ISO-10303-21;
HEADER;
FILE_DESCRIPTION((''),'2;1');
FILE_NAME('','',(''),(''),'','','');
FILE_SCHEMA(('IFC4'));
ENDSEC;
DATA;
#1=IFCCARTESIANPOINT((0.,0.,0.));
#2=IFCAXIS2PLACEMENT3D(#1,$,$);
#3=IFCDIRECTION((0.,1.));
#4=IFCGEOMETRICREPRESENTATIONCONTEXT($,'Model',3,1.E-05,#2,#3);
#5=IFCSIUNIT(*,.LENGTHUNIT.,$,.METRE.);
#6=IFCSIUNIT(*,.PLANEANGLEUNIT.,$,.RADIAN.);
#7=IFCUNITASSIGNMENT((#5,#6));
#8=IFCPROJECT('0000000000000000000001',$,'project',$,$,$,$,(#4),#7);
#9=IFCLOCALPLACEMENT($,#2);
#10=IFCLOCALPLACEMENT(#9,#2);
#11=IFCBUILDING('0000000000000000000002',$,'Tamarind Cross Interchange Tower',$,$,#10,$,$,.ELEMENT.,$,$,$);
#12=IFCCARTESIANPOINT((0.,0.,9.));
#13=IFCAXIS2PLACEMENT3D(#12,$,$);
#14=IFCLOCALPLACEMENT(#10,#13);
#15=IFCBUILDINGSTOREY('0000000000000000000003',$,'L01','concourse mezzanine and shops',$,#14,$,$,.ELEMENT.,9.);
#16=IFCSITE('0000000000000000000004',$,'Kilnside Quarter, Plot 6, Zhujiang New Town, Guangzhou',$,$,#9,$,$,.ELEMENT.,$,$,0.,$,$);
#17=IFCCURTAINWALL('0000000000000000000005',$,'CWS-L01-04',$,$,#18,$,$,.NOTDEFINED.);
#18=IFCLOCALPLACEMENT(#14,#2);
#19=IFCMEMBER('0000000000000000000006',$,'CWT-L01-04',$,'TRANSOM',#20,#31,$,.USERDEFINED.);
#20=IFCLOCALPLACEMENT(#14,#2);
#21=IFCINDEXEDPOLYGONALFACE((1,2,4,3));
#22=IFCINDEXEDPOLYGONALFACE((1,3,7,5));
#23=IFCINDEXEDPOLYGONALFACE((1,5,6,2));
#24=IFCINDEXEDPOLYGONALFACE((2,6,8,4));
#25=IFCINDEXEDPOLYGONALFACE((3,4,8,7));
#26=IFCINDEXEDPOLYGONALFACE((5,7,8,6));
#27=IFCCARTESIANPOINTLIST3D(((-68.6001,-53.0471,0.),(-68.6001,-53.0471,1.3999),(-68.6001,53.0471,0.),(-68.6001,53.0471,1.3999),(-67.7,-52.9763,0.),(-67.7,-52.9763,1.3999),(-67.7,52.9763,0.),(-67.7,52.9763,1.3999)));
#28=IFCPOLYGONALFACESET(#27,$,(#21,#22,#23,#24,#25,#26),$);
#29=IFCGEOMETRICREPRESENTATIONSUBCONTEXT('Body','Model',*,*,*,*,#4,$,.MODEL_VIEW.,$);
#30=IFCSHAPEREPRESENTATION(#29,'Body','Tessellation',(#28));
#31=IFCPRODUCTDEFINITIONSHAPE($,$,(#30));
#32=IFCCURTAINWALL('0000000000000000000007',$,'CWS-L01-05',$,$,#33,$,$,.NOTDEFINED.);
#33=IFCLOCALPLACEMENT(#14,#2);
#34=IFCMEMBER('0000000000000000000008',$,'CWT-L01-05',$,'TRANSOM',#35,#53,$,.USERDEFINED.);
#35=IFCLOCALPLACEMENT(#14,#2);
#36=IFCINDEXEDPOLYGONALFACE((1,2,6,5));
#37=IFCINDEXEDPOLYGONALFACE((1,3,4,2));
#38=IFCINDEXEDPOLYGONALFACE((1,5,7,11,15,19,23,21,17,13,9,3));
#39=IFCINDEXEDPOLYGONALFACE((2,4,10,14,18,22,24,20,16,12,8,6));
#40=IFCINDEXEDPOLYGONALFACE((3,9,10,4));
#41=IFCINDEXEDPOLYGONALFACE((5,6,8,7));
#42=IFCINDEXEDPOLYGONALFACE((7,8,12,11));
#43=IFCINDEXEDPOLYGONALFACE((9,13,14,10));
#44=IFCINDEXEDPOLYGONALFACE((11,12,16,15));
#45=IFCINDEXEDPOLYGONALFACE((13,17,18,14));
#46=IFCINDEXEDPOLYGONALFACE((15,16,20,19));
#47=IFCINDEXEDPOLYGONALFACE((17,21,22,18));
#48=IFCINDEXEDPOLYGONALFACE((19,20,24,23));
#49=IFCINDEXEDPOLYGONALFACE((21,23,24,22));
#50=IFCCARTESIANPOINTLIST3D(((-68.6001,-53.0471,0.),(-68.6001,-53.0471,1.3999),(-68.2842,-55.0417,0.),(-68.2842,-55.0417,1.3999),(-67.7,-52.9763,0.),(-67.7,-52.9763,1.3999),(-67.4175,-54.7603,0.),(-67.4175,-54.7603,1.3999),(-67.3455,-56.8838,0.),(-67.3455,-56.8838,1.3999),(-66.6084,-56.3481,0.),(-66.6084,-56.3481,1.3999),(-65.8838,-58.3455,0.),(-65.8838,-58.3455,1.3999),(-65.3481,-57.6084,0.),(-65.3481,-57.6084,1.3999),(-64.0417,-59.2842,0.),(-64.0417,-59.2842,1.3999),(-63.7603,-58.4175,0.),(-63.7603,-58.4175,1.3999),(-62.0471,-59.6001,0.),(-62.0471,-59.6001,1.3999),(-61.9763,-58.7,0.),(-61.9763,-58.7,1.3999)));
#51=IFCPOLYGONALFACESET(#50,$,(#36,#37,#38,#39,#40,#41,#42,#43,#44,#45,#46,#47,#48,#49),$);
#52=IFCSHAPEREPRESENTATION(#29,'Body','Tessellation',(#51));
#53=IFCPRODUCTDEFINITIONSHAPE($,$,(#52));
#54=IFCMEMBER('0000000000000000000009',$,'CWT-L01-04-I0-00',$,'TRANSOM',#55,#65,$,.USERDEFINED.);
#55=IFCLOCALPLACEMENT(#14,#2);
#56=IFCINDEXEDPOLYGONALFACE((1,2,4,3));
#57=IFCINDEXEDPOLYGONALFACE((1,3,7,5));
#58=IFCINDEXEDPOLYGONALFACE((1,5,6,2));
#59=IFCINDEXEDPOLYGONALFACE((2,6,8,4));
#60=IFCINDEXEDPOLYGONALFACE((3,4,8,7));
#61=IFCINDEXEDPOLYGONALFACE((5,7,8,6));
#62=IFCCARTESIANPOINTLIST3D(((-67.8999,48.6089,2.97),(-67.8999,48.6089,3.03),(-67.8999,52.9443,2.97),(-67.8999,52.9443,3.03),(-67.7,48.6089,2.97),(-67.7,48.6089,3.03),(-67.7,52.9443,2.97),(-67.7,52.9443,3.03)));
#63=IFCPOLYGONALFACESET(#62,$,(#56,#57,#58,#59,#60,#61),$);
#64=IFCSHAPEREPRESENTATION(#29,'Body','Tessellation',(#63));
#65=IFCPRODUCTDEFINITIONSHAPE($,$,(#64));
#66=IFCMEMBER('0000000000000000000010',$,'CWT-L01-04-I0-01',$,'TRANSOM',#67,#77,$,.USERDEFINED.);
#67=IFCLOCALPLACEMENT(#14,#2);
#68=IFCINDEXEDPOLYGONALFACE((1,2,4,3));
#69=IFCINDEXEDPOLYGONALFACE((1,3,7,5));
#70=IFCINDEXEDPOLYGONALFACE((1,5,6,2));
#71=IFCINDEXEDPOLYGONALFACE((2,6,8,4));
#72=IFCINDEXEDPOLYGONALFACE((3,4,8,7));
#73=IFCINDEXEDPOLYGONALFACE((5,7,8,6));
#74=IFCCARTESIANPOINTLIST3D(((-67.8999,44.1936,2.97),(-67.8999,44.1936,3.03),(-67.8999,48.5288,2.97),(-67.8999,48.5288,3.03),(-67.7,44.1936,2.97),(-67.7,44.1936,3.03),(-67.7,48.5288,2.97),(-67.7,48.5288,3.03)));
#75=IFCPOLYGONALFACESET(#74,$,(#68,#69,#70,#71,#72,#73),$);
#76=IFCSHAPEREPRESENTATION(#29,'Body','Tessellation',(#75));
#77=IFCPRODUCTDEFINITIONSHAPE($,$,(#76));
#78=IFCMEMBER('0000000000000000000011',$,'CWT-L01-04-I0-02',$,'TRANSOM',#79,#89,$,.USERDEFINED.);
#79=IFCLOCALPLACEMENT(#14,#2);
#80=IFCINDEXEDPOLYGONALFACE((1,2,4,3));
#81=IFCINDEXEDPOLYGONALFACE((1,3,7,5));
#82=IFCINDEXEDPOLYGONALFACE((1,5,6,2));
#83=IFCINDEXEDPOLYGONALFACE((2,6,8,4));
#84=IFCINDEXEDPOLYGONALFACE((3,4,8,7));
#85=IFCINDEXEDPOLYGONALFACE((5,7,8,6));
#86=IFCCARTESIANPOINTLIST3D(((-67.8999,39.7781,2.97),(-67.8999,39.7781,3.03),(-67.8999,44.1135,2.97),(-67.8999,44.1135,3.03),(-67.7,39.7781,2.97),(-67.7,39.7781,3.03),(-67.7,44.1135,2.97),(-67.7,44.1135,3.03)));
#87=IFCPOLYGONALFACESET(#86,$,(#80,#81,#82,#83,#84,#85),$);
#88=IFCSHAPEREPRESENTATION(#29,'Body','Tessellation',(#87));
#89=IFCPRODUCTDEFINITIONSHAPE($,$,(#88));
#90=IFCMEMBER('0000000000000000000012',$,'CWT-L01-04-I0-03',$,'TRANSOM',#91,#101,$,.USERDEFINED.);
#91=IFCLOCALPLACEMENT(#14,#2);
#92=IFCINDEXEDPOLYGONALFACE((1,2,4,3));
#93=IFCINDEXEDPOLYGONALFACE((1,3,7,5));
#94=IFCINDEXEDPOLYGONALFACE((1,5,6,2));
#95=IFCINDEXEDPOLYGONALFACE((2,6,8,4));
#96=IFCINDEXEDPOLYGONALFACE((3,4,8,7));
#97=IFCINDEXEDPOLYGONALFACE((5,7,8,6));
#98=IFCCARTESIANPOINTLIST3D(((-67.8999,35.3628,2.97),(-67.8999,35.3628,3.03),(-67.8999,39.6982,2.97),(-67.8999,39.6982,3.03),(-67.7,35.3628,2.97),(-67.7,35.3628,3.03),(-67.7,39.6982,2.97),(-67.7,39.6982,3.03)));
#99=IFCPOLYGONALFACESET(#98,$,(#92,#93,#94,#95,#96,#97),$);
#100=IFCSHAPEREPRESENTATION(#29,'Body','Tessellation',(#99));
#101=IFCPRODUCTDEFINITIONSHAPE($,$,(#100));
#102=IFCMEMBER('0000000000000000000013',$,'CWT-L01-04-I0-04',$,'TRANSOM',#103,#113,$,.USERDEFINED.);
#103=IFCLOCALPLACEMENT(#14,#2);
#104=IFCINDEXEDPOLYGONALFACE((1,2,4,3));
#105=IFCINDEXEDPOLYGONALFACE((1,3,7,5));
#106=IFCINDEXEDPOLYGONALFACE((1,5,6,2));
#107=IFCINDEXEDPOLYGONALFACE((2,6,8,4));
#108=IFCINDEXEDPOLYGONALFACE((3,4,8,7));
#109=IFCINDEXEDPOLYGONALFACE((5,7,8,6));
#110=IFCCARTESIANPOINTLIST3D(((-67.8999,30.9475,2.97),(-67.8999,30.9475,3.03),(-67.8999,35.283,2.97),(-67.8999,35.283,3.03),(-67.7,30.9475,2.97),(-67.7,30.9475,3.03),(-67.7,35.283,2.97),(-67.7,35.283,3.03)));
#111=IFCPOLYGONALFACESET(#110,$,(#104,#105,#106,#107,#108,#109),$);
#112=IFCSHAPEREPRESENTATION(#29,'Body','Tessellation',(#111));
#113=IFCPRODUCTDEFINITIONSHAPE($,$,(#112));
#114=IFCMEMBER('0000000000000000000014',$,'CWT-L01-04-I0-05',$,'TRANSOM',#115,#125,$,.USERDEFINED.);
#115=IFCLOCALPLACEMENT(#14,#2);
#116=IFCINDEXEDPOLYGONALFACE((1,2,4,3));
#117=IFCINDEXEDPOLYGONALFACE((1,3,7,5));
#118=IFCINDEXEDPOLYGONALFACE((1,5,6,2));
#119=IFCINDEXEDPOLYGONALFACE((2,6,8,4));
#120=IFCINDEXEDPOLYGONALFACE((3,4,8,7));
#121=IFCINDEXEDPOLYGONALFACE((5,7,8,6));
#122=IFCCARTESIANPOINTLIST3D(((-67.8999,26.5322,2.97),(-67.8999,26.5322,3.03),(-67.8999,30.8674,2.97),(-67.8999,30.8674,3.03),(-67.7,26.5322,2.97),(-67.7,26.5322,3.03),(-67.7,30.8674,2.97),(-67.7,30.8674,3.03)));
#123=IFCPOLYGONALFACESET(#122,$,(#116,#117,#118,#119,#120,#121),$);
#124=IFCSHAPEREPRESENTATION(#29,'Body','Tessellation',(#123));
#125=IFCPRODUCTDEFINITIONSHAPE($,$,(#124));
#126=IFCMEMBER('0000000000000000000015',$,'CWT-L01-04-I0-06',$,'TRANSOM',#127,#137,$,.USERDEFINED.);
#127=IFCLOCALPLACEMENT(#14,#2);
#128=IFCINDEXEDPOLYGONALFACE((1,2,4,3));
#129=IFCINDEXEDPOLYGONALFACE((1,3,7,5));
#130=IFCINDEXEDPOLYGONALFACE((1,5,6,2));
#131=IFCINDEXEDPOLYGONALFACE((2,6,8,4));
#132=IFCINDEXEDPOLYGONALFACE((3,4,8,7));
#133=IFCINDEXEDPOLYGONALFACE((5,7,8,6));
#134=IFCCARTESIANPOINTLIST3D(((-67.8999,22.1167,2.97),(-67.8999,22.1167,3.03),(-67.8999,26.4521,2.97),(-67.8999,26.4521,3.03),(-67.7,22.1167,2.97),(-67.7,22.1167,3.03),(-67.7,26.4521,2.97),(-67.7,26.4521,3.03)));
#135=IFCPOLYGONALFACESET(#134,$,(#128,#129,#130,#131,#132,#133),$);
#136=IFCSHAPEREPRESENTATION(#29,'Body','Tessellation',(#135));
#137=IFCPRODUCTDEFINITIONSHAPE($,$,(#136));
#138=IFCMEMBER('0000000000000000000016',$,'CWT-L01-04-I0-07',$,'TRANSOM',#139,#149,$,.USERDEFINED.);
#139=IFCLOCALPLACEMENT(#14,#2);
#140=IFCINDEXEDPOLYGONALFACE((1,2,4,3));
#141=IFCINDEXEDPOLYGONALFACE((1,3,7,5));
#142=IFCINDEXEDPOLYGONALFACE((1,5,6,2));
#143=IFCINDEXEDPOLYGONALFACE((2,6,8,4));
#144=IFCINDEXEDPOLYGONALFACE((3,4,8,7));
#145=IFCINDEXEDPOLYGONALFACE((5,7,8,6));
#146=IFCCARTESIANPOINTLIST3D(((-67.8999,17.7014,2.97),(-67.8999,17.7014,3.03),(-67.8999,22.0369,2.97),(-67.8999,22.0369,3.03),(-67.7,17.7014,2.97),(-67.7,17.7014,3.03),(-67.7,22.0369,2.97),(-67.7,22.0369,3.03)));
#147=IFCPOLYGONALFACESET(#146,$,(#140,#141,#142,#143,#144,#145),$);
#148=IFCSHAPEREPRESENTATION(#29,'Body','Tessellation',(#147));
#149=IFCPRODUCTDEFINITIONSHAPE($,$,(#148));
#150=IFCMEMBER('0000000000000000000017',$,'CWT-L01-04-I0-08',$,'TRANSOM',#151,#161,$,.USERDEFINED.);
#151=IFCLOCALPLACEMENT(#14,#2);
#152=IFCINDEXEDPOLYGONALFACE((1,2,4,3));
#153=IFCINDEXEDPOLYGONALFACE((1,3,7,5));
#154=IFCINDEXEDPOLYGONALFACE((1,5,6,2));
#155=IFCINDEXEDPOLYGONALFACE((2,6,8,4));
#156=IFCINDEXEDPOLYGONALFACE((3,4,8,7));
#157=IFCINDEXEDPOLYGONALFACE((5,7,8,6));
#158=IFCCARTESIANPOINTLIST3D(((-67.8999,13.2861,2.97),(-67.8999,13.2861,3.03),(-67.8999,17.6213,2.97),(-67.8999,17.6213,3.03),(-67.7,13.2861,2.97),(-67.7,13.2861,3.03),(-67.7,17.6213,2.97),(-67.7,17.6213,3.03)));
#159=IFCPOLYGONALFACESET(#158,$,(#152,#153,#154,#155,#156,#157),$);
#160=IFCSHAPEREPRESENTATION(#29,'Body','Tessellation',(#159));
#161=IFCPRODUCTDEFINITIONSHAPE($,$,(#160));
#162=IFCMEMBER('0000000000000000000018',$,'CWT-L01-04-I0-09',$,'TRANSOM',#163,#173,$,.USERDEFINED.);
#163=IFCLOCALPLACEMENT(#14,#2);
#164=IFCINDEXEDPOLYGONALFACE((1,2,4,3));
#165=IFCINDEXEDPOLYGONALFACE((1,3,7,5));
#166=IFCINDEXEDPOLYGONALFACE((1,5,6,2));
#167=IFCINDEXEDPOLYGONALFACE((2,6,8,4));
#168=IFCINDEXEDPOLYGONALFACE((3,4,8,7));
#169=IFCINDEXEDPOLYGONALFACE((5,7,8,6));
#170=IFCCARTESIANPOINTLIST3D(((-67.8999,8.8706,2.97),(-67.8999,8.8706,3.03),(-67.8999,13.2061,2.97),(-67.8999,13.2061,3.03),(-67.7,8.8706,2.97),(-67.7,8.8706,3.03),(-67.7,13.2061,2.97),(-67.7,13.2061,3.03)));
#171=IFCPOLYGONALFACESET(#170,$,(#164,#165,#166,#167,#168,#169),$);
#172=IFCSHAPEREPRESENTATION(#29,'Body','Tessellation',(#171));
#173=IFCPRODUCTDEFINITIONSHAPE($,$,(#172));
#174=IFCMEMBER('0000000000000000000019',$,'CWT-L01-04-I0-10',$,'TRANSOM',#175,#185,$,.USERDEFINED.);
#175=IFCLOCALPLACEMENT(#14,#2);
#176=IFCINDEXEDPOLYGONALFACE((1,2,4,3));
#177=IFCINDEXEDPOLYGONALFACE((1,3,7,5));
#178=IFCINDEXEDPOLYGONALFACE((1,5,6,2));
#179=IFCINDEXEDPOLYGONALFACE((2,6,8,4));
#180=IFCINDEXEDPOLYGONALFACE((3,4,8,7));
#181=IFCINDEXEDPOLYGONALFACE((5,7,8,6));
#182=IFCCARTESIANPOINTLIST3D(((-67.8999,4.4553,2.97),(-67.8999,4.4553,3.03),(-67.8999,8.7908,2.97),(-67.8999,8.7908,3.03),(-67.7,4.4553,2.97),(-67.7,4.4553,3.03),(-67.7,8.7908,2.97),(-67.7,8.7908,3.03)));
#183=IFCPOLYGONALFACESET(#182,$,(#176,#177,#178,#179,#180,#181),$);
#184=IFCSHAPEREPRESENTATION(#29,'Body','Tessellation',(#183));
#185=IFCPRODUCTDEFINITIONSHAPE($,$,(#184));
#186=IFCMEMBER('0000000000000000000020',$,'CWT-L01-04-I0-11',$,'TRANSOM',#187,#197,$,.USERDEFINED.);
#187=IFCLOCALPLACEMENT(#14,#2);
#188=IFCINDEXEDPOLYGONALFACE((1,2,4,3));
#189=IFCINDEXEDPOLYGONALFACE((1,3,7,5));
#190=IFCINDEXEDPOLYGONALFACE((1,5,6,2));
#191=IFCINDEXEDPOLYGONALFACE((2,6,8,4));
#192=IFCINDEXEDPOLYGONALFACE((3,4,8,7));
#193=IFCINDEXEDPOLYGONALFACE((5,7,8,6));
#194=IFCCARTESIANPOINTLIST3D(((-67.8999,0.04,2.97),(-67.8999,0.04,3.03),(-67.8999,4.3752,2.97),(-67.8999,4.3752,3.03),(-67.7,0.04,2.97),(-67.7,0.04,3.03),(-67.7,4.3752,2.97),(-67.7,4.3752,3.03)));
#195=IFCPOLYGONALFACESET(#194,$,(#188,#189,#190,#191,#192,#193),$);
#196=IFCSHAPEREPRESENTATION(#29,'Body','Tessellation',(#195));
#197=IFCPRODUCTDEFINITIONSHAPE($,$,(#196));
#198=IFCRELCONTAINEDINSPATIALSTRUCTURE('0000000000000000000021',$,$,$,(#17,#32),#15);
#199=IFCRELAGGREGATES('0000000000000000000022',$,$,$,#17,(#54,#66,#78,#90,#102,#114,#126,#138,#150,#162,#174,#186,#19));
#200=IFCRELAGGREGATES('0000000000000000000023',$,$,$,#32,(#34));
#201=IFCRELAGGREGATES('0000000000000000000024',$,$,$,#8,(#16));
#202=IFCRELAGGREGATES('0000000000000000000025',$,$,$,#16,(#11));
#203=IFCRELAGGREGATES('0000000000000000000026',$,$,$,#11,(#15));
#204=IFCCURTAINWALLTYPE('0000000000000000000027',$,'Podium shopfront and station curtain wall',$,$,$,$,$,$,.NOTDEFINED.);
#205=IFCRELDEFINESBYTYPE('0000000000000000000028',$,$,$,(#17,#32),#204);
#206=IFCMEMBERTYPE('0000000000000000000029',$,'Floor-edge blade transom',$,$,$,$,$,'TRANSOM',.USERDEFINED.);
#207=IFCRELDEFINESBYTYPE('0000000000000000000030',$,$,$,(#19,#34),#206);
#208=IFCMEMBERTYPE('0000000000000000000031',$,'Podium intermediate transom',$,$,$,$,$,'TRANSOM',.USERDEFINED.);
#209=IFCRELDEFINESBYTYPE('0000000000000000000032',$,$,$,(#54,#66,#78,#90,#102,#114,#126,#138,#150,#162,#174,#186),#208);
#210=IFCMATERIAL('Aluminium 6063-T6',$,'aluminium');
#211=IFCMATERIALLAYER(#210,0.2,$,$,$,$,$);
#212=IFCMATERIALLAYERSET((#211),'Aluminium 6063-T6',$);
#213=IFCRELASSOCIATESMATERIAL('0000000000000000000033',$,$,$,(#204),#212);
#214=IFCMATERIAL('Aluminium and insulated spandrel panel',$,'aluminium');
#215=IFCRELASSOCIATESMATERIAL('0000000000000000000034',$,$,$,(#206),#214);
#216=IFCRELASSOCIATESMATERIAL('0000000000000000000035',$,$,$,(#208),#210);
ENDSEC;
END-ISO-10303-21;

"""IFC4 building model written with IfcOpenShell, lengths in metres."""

from ifc_helpers import new_model, si_unit, direction, frame, origin, place, context, subcontext, project, spatial, polyline, outline, extrude, material, layer, layer_set, type_object, element, aggregate, save


model = new_model("IFC4")

# Units and contexts
model_context = context("Model", 3, precision=1e-05, world=origin(), true_north=direction((0.0, 1.0)))
body_context = subcontext(model_context, "Body", "Model", "MODEL_VIEW")
ifc_project = project(units=[si_unit("LENGTHUNIT", "METRE"), si_unit("PLANEANGLEUNIT", "RADIAN")], contexts=[model_context])

# Site, building, storey
site_placement = place(None, origin())
site = spatial("IfcSite", under=ifc_project, at=site_placement, Name="Kilnside Quarter, Plot 6, Zhujiang New Town, Guangzhou", CompositionType="ELEMENT", RefElevation=0.0)
building_placement = place(site_placement, origin())
building = spatial("IfcBuilding", under=site, at=building_placement, Name="Tamarind Cross Interchange Tower", CompositionType="ELEMENT")
storey_placement = place(building_placement, frame((0.0, 0.0, 9.0)))
storey = spatial("IfcBuildingStorey", under=building, at=storey_placement, Name="L01", Description="concourse mezzanine and shops", CompositionType="ELEMENT", Elevation=9.0)

# Curtain walls, members
ifc_material_1 = material(Name="Aluminium 6063-T6", Category="aluminium")
ifc_layer_1 = layer(ifc_material_1, 0.2)
ifc_layer_set_1 = layer_set([ifc_layer_1], Name="Aluminium 6063-T6")
curtain_wall_type = type_object("IfcCurtainWallType", Name="Podium shopfront and station curtain wall", PredefinedType="NOTDEFINED", material=ifc_layer_set_1)
curtain_wall_1_placement = place(storey_placement, origin())
curtain_wall_1 = element("IfcCurtainWall", 1, at=curtain_wall_1_placement, inside=storey, type_object=curtain_wall_type, Name="CWS-L01-04", PredefinedType="NOTDEFINED")
ifc_material_2 = material(Name="Aluminium and insulated spandrel panel", Category="aluminium")
member_type_1 = type_object("IfcMemberType", Name="Floor-edge blade transom", ElementType="TRANSOM", PredefinedType="USERDEFINED", material=ifc_material_2)
member_1_placement = place(storey_placement, origin())
member_1 = element("IfcMember", 2, at=member_1_placement, type_object=member_type_1, Name="CWT-L01-04", ObjectType="TRANSOM", PredefinedType="USERDEFINED", context=body_context, shape_type="SweptSolid", body=[
    extrude(outline(polyline([(-67.7, 52.9763), (-67.7, -52.9763), (-68.6001, -53.0471), (-68.6001, 53.0471), (-67.7, 52.9763)])), origin(), (0.0, 0.0, 1.0), 1.3999),
])
curtain_wall_2_placement = place(storey_placement, origin())
curtain_wall_2 = element("IfcCurtainWall", 3, at=curtain_wall_2_placement, inside=storey, type_object=curtain_wall_type, Name="CWS-L01-05", PredefinedType="NOTDEFINED")
member_2_placement = place(storey_placement, origin())
member_2 = element("IfcMember", 4, at=member_2_placement, type_object=member_type_1, Name="CWT-L01-05", ObjectType="TRANSOM", PredefinedType="USERDEFINED", context=body_context, shape_type="SweptSolid", body=[
    extrude(outline(polyline([(-67.7, -52.9763), (-67.4175, -54.7603), (-66.6084, -56.3481), (-65.3481, -57.6084), (-63.7603, -58.4175), (-61.9763, -58.7), (-62.0471, -59.6001), (-64.0417, -59.2842), (-65.8838, -58.3455), (-67.3455, -56.8838), (-68.2842, -55.0417), (-68.6001, -53.0471), (-67.7, -52.9763)])), origin(), (0.0, 0.0, 1.0), 1.3999),
])

# Members
member_type_2 = type_object("IfcMemberType", Name="Podium intermediate transom", ElementType="TRANSOM", PredefinedType="USERDEFINED", material=ifc_material_1)
member_3_placement = place(storey_placement, frame((0.0, 0.0, 2.97)))
member_3 = element("IfcMember", 5, at=member_3_placement, type_object=member_type_2, Name="CWT-L01-04-I0-00", ObjectType="TRANSOM", PredefinedType="USERDEFINED", context=body_context, shape_type="SweptSolid", body=[
    extrude(outline(polyline([(-67.7, 52.9443), (-67.7, 48.6089), (-67.8999, 48.6089), (-67.8999, 52.9443), (-67.7, 52.9443)])), origin(), (0.0, 0.0, 1.0), 0.0601),
])
member_4_placement = place(storey_placement, frame((0.0, 0.0, 2.97)))
member_4 = element("IfcMember", 6, at=member_4_placement, type_object=member_type_2, Name="CWT-L01-04-I0-01", ObjectType="TRANSOM", PredefinedType="USERDEFINED", context=body_context, shape_type="SweptSolid", body=[
    extrude(outline(polyline([(-67.7, 48.5288), (-67.7, 44.1936), (-67.8999, 44.1936), (-67.8999, 48.5288), (-67.7, 48.5288)])), origin(), (0.0, 0.0, 1.0), 0.0601),
])
member_5_placement = place(storey_placement, frame((0.0, 0.0, 2.97)))
member_5 = element("IfcMember", 7, at=member_5_placement, type_object=member_type_2, Name="CWT-L01-04-I0-02", ObjectType="TRANSOM", PredefinedType="USERDEFINED", context=body_context, shape_type="SweptSolid", body=[
    extrude(outline(polyline([(-67.7, 44.1135), (-67.7, 39.7781), (-67.8999, 39.7781), (-67.8999, 44.1135), (-67.7, 44.1135)])), origin(), (0.0, 0.0, 1.0), 0.0601),
])
member_6_placement = place(storey_placement, frame((0.0, 0.0, 2.97)))
member_6 = element("IfcMember", 8, at=member_6_placement, type_object=member_type_2, Name="CWT-L01-04-I0-03", ObjectType="TRANSOM", PredefinedType="USERDEFINED", context=body_context, shape_type="SweptSolid", body=[
    extrude(outline(polyline([(-67.7, 39.6982), (-67.7, 35.3628), (-67.8999, 35.3628), (-67.8999, 39.6982), (-67.7, 39.6982)])), origin(), (0.0, 0.0, 1.0), 0.0601),
])
member_7_placement = place(storey_placement, frame((0.0, 0.0, 2.97)))
member_7 = element("IfcMember", 9, at=member_7_placement, type_object=member_type_2, Name="CWT-L01-04-I0-04", ObjectType="TRANSOM", PredefinedType="USERDEFINED", context=body_context, shape_type="SweptSolid", body=[
    extrude(outline(polyline([(-67.7, 35.283), (-67.7, 30.9475), (-67.8999, 30.9475), (-67.8999, 35.283), (-67.7, 35.283)])), origin(), (0.0, 0.0, 1.0), 0.0601),
])
member_8_placement = place(storey_placement, frame((0.0, 0.0, 2.97)))
member_8 = element("IfcMember", 10, at=member_8_placement, type_object=member_type_2, Name="CWT-L01-04-I0-05", ObjectType="TRANSOM", PredefinedType="USERDEFINED", context=body_context, shape_type="SweptSolid", body=[
    extrude(outline(polyline([(-67.7, 30.8674), (-67.7, 26.5322), (-67.8999, 26.5322), (-67.8999, 30.8674), (-67.7, 30.8674)])), origin(), (0.0, 0.0, 1.0), 0.0601),
])
member_9_placement = place(storey_placement, frame((0.0, 0.0, 2.97)))
member_9 = element("IfcMember", 11, at=member_9_placement, type_object=member_type_2, Name="CWT-L01-04-I0-06", ObjectType="TRANSOM", PredefinedType="USERDEFINED", context=body_context, shape_type="SweptSolid", body=[
    extrude(outline(polyline([(-67.7, 26.4521), (-67.7, 22.1167), (-67.8999, 22.1167), (-67.8999, 26.4521), (-67.7, 26.4521)])), origin(), (0.0, 0.0, 1.0), 0.0601),
])
member_10_placement = place(storey_placement, frame((0.0, 0.0, 2.97)))
member_10 = element("IfcMember", 12, at=member_10_placement, type_object=member_type_2, Name="CWT-L01-04-I0-07", ObjectType="TRANSOM", PredefinedType="USERDEFINED", context=body_context, shape_type="SweptSolid", body=[
    extrude(outline(polyline([(-67.7, 22.0369), (-67.7, 17.7014), (-67.8999, 17.7014), (-67.8999, 22.0369), (-67.7, 22.0369)])), origin(), (0.0, 0.0, 1.0), 0.0601),
])
member_11_placement = place(storey_placement, frame((0.0, 0.0, 2.97)))
member_11 = element("IfcMember", 13, at=member_11_placement, type_object=member_type_2, Name="CWT-L01-04-I0-08", ObjectType="TRANSOM", PredefinedType="USERDEFINED", context=body_context, shape_type="SweptSolid", body=[
    extrude(outline(polyline([(-67.7, 17.6213), (-67.7, 13.2861), (-67.8999, 13.2861), (-67.8999, 17.6213), (-67.7, 17.6213)])), origin(), (0.0, 0.0, 1.0), 0.0601),
])
member_12_placement = place(storey_placement, frame((0.0, 0.0, 2.97)))
member_12 = element("IfcMember", 14, at=member_12_placement, type_object=member_type_2, Name="CWT-L01-04-I0-09", ObjectType="TRANSOM", PredefinedType="USERDEFINED", context=body_context, shape_type="SweptSolid", body=[
    extrude(outline(polyline([(-67.7, 13.2061), (-67.7, 8.8706), (-67.8999, 8.8706), (-67.8999, 13.2061), (-67.7, 13.2061)])), origin(), (0.0, 0.0, 1.0), 0.0601),
])
member_13_placement = place(storey_placement, frame((0.0, 0.0, 2.97)))
member_13 = element("IfcMember", 15, at=member_13_placement, type_object=member_type_2, Name="CWT-L01-04-I0-10", ObjectType="TRANSOM", PredefinedType="USERDEFINED", context=body_context, shape_type="SweptSolid", body=[
    extrude(outline(polyline([(-67.7, 8.7908), (-67.7, 4.4553), (-67.8999, 4.4553), (-67.8999, 8.7908), (-67.7, 8.7908)])), origin(), (0.0, 0.0, 1.0), 0.0601),
])
member_14_placement = place(storey_placement, frame((0.0, 0.0, 2.97)))
member_14 = element("IfcMember", 16, at=member_14_placement, type_object=member_type_2, Name="CWT-L01-04-I0-11", ObjectType="TRANSOM", PredefinedType="USERDEFINED", context=body_context, shape_type="SweptSolid", body=[
    extrude(outline(polyline([(-67.7, 4.3752), (-67.7, 0.04), (-67.8999, 0.04), (-67.8999, 4.3752), (-67.7, 4.3752)])), origin(), (0.0, 0.0, 1.0), 0.0601),
])

aggregate(curtain_wall_1, [member_3, member_4, member_5, member_6, member_7, member_8, member_9, member_10, member_11, member_12, member_13, member_14, member_1])
aggregate(curtain_wall_2, [member_2])

save(model, "model.ifc")
